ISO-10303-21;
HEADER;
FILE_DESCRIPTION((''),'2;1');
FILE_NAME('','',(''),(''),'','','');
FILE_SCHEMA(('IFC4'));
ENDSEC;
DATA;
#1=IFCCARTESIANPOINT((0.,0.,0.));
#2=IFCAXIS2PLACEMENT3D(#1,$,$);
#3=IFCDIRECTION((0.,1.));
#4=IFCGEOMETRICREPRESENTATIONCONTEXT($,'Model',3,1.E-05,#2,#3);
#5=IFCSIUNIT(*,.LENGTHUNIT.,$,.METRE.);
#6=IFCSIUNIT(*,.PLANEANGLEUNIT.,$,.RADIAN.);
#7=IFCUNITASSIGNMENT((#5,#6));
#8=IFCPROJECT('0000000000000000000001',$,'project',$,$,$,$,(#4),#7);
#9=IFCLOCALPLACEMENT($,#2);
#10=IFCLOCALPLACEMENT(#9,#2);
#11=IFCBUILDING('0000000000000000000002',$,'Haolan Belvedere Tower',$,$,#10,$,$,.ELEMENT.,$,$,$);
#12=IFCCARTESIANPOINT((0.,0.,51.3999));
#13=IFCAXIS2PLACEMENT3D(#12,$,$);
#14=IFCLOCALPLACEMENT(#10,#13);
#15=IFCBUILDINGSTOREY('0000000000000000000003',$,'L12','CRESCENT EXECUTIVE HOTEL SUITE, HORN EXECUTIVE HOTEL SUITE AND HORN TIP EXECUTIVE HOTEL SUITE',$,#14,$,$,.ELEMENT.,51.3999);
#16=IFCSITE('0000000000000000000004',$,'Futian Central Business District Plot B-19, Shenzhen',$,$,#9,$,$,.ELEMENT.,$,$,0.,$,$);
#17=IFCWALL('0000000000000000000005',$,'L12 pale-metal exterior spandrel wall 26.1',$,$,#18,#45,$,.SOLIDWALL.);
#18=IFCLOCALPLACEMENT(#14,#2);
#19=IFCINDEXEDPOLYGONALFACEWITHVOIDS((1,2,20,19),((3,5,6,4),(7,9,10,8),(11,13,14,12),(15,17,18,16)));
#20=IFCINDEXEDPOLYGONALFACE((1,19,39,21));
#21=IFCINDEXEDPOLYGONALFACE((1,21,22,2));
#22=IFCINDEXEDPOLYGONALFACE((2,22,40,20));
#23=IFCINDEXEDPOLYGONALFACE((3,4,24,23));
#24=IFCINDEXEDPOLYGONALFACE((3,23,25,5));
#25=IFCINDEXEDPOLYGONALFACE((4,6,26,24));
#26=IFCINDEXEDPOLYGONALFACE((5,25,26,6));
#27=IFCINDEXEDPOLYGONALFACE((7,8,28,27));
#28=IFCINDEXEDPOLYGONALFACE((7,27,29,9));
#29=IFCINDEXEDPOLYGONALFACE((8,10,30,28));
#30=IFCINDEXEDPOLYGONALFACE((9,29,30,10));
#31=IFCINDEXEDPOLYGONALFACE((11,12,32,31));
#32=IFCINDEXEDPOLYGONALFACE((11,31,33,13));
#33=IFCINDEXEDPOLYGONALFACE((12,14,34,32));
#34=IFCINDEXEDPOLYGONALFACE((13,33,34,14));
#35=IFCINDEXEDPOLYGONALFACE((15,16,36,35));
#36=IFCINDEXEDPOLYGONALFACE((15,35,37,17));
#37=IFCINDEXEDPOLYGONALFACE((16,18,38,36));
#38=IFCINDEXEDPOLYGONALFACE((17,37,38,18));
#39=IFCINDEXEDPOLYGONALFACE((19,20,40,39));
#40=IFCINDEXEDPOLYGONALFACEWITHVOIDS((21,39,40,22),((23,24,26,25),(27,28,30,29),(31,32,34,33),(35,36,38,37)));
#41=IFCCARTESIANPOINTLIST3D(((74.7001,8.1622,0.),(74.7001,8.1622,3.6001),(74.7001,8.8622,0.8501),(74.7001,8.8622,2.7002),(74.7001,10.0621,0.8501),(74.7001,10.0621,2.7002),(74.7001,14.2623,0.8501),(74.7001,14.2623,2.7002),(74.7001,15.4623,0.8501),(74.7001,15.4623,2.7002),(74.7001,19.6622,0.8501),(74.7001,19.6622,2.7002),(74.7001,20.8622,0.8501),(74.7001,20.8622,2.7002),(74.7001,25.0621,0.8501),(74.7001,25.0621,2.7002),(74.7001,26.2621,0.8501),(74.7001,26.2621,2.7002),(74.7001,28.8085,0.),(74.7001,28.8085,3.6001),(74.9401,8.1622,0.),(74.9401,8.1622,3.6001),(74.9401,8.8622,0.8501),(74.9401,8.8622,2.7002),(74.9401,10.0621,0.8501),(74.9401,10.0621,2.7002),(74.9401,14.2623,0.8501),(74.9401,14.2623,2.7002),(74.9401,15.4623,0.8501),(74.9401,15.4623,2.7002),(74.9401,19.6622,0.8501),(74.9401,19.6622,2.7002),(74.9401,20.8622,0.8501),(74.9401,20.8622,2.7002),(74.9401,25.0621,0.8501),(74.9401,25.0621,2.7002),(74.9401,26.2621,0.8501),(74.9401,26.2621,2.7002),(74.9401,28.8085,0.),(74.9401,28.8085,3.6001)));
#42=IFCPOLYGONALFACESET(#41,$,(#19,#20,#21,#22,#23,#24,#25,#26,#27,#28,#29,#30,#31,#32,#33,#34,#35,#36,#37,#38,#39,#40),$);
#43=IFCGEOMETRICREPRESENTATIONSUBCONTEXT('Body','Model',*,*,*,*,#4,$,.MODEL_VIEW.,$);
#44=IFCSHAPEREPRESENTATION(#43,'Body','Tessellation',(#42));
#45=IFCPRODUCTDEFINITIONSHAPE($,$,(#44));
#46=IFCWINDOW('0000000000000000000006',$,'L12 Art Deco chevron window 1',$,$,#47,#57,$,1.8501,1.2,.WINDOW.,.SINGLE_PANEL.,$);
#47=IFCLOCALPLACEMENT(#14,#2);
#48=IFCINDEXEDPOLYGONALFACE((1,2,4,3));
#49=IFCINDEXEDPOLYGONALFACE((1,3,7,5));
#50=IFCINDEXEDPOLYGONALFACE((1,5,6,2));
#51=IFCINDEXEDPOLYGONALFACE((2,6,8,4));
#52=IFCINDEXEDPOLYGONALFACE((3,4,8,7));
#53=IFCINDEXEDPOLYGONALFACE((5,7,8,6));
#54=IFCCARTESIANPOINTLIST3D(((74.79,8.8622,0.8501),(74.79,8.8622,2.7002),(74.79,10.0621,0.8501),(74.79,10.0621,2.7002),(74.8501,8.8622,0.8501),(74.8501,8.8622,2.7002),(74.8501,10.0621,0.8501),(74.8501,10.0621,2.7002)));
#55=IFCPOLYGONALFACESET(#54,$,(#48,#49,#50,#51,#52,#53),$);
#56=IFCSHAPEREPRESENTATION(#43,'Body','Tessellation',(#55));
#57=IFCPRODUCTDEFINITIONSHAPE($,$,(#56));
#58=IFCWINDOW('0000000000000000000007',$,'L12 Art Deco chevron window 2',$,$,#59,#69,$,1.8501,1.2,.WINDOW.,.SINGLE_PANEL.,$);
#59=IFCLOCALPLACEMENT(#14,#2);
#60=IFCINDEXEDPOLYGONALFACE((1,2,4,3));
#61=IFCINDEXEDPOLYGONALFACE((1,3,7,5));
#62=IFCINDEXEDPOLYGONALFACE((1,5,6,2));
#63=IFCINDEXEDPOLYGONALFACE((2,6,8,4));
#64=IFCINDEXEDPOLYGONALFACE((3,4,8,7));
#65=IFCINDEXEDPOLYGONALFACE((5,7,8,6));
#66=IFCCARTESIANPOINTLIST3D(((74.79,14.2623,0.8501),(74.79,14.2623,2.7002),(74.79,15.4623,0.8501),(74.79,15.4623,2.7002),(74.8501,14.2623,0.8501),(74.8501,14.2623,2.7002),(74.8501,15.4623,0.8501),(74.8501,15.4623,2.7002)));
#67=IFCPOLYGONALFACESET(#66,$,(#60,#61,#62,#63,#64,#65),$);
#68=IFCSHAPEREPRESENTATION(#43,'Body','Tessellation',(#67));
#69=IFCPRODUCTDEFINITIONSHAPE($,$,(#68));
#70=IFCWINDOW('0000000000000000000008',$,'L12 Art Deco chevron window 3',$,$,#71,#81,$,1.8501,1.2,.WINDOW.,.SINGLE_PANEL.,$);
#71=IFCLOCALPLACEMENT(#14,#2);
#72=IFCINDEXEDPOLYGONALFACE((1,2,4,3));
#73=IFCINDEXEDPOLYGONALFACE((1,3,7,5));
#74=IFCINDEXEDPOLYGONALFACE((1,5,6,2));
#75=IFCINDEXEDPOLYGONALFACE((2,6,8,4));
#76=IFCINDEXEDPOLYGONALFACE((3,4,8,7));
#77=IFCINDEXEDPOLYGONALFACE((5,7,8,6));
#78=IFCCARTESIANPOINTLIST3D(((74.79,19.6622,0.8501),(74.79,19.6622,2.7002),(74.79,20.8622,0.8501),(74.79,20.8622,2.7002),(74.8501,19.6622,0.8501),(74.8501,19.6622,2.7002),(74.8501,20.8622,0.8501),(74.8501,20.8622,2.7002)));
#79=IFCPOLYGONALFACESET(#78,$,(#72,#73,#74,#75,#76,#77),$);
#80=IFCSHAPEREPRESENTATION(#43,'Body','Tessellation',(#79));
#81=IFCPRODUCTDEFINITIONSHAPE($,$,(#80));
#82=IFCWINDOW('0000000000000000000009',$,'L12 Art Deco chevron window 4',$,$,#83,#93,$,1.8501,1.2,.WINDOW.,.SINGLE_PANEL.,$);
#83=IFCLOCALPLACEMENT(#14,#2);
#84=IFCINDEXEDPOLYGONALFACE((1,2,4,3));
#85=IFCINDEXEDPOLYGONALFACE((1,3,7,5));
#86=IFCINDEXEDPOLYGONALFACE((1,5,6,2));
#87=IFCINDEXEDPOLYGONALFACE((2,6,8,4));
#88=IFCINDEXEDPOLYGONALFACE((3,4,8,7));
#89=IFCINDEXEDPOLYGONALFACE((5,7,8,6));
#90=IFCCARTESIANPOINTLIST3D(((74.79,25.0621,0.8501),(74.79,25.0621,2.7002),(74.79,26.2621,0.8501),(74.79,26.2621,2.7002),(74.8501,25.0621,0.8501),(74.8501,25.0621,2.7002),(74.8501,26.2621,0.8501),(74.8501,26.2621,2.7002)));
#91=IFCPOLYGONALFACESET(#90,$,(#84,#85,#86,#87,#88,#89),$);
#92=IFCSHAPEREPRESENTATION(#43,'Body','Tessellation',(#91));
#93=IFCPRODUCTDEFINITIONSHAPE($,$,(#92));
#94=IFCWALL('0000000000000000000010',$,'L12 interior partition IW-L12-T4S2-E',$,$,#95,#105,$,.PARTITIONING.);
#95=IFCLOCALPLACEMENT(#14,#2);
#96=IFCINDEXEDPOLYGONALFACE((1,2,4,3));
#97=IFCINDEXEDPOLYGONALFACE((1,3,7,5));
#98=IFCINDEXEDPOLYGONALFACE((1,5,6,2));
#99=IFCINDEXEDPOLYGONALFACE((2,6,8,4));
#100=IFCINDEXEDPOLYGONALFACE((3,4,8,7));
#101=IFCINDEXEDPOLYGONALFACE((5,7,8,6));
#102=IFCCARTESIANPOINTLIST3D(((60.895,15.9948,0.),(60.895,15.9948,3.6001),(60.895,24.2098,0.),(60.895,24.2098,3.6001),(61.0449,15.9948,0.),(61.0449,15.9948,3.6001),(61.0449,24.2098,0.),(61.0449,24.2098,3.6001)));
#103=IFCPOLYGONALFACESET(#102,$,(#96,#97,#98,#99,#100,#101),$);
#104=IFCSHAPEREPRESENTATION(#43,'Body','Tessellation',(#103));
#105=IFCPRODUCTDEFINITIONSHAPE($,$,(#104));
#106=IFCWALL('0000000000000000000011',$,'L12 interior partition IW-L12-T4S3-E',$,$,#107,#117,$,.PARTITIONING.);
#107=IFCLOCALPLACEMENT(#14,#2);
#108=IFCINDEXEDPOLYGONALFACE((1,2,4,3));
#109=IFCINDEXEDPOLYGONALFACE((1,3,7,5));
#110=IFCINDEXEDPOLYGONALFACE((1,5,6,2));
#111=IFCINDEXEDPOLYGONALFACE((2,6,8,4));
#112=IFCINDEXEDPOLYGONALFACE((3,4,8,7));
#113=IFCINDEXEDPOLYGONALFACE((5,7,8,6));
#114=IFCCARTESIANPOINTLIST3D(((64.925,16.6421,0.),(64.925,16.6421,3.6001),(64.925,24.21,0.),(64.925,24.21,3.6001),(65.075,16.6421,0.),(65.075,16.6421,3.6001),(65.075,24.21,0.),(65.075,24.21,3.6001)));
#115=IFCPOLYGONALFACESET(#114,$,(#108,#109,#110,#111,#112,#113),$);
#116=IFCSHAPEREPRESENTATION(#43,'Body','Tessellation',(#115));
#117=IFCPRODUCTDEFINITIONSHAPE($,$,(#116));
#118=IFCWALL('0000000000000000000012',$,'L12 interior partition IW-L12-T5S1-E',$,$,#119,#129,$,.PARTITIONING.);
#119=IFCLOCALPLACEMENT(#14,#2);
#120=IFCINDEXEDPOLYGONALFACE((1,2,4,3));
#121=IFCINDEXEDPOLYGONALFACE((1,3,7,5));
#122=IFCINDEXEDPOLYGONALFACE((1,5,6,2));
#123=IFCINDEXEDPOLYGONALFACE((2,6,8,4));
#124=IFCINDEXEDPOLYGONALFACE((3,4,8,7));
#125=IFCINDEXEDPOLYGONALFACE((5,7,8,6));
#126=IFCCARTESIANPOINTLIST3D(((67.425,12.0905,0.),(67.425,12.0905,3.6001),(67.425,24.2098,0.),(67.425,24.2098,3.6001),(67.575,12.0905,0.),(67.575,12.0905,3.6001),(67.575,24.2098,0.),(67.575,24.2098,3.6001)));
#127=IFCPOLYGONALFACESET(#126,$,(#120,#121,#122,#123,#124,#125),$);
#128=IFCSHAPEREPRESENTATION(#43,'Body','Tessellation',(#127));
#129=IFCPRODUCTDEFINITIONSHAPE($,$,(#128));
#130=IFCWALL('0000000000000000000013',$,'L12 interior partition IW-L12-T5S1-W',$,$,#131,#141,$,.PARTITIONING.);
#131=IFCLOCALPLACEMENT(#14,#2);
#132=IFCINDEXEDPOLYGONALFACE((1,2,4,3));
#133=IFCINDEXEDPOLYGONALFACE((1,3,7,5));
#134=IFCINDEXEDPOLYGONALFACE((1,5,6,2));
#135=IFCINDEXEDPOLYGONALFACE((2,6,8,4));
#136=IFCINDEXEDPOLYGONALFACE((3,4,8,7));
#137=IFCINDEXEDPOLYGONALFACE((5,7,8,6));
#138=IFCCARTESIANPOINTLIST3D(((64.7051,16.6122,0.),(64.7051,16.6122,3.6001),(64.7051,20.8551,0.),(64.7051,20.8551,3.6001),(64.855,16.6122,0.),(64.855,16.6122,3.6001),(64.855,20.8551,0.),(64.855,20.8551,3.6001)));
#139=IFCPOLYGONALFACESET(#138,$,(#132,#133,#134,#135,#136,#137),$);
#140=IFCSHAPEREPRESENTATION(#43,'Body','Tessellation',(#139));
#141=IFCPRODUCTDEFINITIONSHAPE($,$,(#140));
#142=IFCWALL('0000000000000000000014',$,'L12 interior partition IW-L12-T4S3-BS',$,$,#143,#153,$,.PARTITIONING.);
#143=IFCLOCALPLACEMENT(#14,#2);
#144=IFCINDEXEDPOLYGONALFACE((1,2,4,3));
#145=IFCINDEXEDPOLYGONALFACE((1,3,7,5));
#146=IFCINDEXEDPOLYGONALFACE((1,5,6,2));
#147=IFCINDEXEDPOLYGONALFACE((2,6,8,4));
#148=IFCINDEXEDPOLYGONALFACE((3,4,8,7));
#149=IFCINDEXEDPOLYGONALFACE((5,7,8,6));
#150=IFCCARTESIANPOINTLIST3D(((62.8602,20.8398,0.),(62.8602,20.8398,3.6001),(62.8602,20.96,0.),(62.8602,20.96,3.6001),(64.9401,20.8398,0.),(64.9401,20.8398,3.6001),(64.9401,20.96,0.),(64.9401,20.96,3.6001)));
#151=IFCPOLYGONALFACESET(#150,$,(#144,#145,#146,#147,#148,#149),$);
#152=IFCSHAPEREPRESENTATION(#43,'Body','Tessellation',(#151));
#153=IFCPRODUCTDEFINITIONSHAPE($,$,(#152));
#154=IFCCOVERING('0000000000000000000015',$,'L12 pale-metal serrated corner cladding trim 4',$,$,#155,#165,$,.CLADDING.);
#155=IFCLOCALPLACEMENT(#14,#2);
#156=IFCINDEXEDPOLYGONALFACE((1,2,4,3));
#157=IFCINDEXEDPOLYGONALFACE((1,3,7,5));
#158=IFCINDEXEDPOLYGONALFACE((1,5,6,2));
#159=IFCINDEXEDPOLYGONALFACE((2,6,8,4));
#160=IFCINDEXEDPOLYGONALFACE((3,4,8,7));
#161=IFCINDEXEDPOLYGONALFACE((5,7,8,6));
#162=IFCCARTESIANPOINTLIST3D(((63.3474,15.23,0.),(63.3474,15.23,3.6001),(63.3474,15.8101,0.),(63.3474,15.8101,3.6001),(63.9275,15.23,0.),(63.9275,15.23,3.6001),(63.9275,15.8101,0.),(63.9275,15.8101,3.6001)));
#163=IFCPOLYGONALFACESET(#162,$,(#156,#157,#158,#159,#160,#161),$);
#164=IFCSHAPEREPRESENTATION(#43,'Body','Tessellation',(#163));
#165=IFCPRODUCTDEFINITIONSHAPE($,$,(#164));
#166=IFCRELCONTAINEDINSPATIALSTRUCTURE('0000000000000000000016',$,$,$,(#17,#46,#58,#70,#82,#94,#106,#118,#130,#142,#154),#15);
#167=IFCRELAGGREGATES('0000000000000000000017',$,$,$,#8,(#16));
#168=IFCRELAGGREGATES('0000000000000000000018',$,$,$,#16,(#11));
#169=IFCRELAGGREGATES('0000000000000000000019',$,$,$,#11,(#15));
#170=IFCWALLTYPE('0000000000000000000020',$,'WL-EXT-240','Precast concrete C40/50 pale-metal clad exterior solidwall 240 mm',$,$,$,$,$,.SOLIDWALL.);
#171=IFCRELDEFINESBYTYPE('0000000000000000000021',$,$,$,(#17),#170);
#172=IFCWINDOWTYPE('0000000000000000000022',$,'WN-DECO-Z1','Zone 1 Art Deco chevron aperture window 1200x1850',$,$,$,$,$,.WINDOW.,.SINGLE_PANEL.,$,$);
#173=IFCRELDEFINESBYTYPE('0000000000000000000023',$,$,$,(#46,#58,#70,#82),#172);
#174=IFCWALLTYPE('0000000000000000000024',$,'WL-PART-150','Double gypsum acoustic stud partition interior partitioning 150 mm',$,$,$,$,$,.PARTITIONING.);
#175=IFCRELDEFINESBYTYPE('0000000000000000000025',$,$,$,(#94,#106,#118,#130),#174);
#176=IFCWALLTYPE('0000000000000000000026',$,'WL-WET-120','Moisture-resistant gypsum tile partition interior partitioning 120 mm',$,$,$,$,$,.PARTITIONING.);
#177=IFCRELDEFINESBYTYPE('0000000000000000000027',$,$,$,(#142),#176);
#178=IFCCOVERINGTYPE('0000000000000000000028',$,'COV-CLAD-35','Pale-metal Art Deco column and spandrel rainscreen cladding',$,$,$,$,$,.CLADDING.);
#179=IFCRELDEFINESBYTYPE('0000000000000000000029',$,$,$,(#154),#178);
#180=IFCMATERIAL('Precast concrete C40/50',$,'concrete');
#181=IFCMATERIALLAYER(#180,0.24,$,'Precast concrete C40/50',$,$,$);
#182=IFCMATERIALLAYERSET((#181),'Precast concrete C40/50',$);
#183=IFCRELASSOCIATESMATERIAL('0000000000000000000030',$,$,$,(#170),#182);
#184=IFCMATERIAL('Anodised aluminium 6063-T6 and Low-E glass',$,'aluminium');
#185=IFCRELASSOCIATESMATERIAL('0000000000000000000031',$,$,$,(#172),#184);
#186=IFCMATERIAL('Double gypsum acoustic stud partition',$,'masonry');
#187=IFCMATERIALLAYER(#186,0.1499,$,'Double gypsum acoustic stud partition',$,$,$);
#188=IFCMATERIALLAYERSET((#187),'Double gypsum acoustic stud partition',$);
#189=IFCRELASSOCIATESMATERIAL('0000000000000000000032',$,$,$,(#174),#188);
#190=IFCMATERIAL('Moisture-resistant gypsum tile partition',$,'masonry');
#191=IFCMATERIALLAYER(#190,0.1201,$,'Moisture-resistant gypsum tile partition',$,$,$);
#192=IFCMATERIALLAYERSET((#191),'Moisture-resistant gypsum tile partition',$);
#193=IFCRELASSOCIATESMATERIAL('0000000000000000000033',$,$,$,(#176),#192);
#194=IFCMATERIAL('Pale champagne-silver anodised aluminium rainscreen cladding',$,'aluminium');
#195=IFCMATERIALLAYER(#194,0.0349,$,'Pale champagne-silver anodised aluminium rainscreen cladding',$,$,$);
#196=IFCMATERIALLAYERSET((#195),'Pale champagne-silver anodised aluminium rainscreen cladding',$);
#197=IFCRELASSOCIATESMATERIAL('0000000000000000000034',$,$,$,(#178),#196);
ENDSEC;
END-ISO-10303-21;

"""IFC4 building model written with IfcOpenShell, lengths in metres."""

from ifc_helpers import new_model, si_unit, direction, frame, frame_2d, origin, origin_2d, place, context, subcontext, project, spatial, rectangle, extrude, material, layer, layer_set, type_object, element, fill, save


model = new_model("IFC4")

# Units and contexts
model_context = context("Model", 3, precision=1e-05, world=origin(), true_north=direction((0.0, 1.0)))
body_context = subcontext(model_context, "Body", "Model", "MODEL_VIEW")
ifc_project = project(units=[si_unit("LENGTHUNIT", "METRE"), si_unit("PLANEANGLEUNIT", "RADIAN")], contexts=[model_context])

# Site, building, storey
site_placement = place(None, origin())
site = spatial("IfcSite", under=ifc_project, at=site_placement, Name="Futian Central Business District Plot B-19, Shenzhen", CompositionType="ELEMENT", RefElevation=0.0)
building_placement = place(site_placement, origin())
building = spatial("IfcBuilding", under=site, at=building_placement, Name="Haolan Belvedere Tower", CompositionType="ELEMENT")
storey_placement = place(building_placement, frame((0.0, 0.0, 51.3999)))
storey = spatial("IfcBuildingStorey", under=building, at=storey_placement, Name="L12", Description="CRESCENT EXECUTIVE HOTEL SUITE, HORN EXECUTIVE HOTEL SUITE AND HORN TIP EXECUTIVE HOTEL SUITE", CompositionType="ELEMENT", Elevation=51.3999)

# Shared definitions
ifc_material_1 = material(Name="Precast concrete C40/50", Category="concrete")
ifc_layer_1 = layer(ifc_material_1, 0.24, Name="Precast concrete C40/50")
ifc_layer_set_1 = layer_set([ifc_layer_1], Name="Precast concrete C40/50")
wall_type_1 = type_object("IfcWallType", Name="WL-EXT-240", Description="Precast concrete C40/50 pale-metal clad exterior solidwall 240 mm", PredefinedType="SOLIDWALL", material=ifc_layer_set_1)

# Shared definitions
ifc_material_2 = material(Name="Anodised aluminium 6063-T6 and Low-E glass", Category="aluminium")
window_type = type_object("IfcWindowType", Name="WN-DECO-Z1", Description="Zone 1 Art Deco chevron aperture window 1200x1850", PartitioningType="SINGLE_PANEL", PredefinedType="WINDOW", material=ifc_material_2)

# Wall, openings, windows
wall_1_placement = place(storey_placement, frame((74.8201, 8.1621, 0.0), z_axis=(0.0, 0.0, 1.0), x_axis=(0.0, 1.0, 0.0)))
wall_1 = element("IfcWall", 1, at=wall_1_placement, inside=storey, type_object=wall_type_1, Name="L12 pale-metal exterior spandrel wall 26.1", PredefinedType="SOLIDWALL", context=body_context, shape_type="SweptSolid", body=[
    extrude(rectangle(XDim=20.6462, YDim=0.24, at=frame_2d((10.3232, 0.0))), origin(), (0.0, 0.0, 1.0), 3.6001),
])
opening_1_placement = place(wall_1_placement, frame((0.7, 0.0, 0.8501)))
opening_1 = element("IfcOpeningElement", 2, at=opening_1_placement, cuts=wall_1, PredefinedType="OPENING", context=body_context, shape_type="SweptSolid", body=[
    extrude(rectangle(XDim=1.2, YDim=1.8501, at=frame_2d((0.6001, 0.925))), frame((0.0, 0.1299, 0.0), z_axis=(0.0, -1.0, 0.0), x_axis=(1.0, 0.0, 0.0)), (0.0, 0.0, 1.0), 0.26),
])
opening_2_placement = place(wall_1_placement, frame((6.1001, 0.0, 0.8501)))
opening_2 = element("IfcOpeningElement", 3, at=opening_2_placement, cuts=wall_1, PredefinedType="OPENING", context=body_context, shape_type="SweptSolid", body=[
    extrude(rectangle(XDim=1.2, YDim=1.8501, at=frame_2d((0.6001, 0.925))), frame((0.0, 0.1299, 0.0), z_axis=(0.0, -1.0, 0.0), x_axis=(1.0, 0.0, 0.0)), (0.0, 0.0, 1.0), 0.26),
])
opening_3_placement = place(wall_1_placement, frame((11.5, 0.0, 0.8501)))
opening_3 = element("IfcOpeningElement", 4, at=opening_3_placement, cuts=wall_1, PredefinedType="OPENING", context=body_context, shape_type="SweptSolid", body=[
    extrude(rectangle(XDim=1.2, YDim=1.8501, at=frame_2d((0.6001, 0.925))), frame((0.0, 0.1299, 0.0), z_axis=(0.0, -1.0, 0.0), x_axis=(1.0, 0.0, 0.0)), (0.0, 0.0, 1.0), 0.26),
])
opening_4_placement = place(wall_1_placement, frame((16.8999, 0.0, 0.8501)))
opening_4 = element("IfcOpeningElement", 5, at=opening_4_placement, cuts=wall_1, PredefinedType="OPENING", context=body_context, shape_type="SweptSolid", body=[
    extrude(rectangle(XDim=1.2, YDim=1.8501, at=frame_2d((0.6001, 0.925))), frame((0.0, 0.1299, 0.0), z_axis=(0.0, -1.0, 0.0), x_axis=(1.0, 0.0, 0.0)), (0.0, 0.0, 1.0), 0.26),
])
window_1_placement = place(opening_1_placement, origin())
window_1 = element("IfcWindow", 6, at=window_1_placement, inside=storey, type_object=window_type, Name="L12 Art Deco chevron window 1", OverallHeight=1.8501, OverallWidth=1.2, PartitioningType="SINGLE_PANEL", PredefinedType="WINDOW", context=body_context, shape_type="SweptSolid", body=[
    extrude(rectangle(XDim=1.2, YDim=1.8501, at=frame_2d((0.6001, 0.925))), frame((0.0, 0.03, 0.0), z_axis=(0.0, -1.0, 0.0), x_axis=(1.0, 0.0, 0.0)), (0.0, 0.0, 1.0), 0.0601),
])
fill(opening_1, window_1)
window_2_placement = place(opening_2_placement, origin())
window_2 = element("IfcWindow", 7, at=window_2_placement, inside=storey, type_object=window_type, Name="L12 Art Deco chevron window 2", OverallHeight=1.8501, OverallWidth=1.2, PartitioningType="SINGLE_PANEL", PredefinedType="WINDOW", context=body_context, shape_type="SweptSolid", body=[
    extrude(rectangle(XDim=1.2, YDim=1.8501, at=frame_2d((0.6001, 0.925))), frame((0.0, 0.03, 0.0), z_axis=(0.0, -1.0, 0.0), x_axis=(1.0, 0.0, 0.0)), (0.0, 0.0, 1.0), 0.0601),
])
fill(opening_2, window_2)
window_3_placement = place(opening_3_placement, origin())
window_3 = element("IfcWindow", 8, at=window_3_placement, inside=storey, type_object=window_type, Name="L12 Art Deco chevron window 3", OverallHeight=1.8501, OverallWidth=1.2, PartitioningType="SINGLE_PANEL", PredefinedType="WINDOW", context=body_context, shape_type="SweptSolid", body=[
    extrude(rectangle(XDim=1.2, YDim=1.8501, at=frame_2d((0.6001, 0.925))), frame((0.0, 0.03, 0.0), z_axis=(0.0, -1.0, 0.0), x_axis=(1.0, 0.0, 0.0)), (0.0, 0.0, 1.0), 0.0601),
])
fill(opening_3, window_3)
window_4_placement = place(opening_4_placement, origin())
window_4 = element("IfcWindow", 9, at=window_4_placement, inside=storey, type_object=window_type, Name="L12 Art Deco chevron window 4", OverallHeight=1.8501, OverallWidth=1.2, PartitioningType="SINGLE_PANEL", PredefinedType="WINDOW", context=body_context, shape_type="SweptSolid", body=[
    extrude(rectangle(XDim=1.2, YDim=1.8501, at=frame_2d((0.6001, 0.925))), frame((0.0, 0.03, 0.0), z_axis=(0.0, -1.0, 0.0), x_axis=(1.0, 0.0, 0.0)), (0.0, 0.0, 1.0), 0.0601),
])
fill(opening_4, window_4)

# Walls
ifc_material_3 = material(Name="Double gypsum acoustic stud partition", Category="masonry")
ifc_layer_2 = layer(ifc_material_3, 0.1499, Name="Double gypsum acoustic stud partition")
ifc_layer_set_2 = layer_set([ifc_layer_2], Name="Double gypsum acoustic stud partition")
wall_type_2 = type_object("IfcWallType", Name="WL-PART-150", Description="Double gypsum acoustic stud partition interior partitioning 150 mm", PredefinedType="PARTITIONING", material=ifc_layer_set_2)
wall_2_placement = place(storey_placement, frame((60.97, 15.9949, 0.0), z_axis=(0.0, 0.0, 1.0), x_axis=(0.0, 1.0, 0.0)))
element("IfcWall", 10, at=wall_2_placement, inside=storey, type_object=wall_type_2, Name="L12 interior partition IW-L12-T4S2-E", PredefinedType="PARTITIONING", context=body_context, shape_type="SweptSolid", body=[
    extrude(rectangle(XDim=8.2151, YDim=0.1499, at=frame_2d((4.1074, 0.0))), origin(), (0.0, 0.0, 1.0), 3.6001),
])
wall_3_placement = place(storey_placement, frame((65.0, 16.6421, 0.0), z_axis=(0.0, 0.0, 1.0), x_axis=(0.0, 1.0, 0.0)))
element("IfcWall", 11, at=wall_3_placement, inside=storey, type_object=wall_type_2, Name="L12 interior partition IW-L12-T4S3-E", PredefinedType="PARTITIONING", context=body_context, shape_type="SweptSolid", body=[
    extrude(rectangle(XDim=7.5679, YDim=0.1499, at=frame_2d((3.7839, 0.0))), origin(), (0.0, 0.0, 1.0), 3.6001),
])
wall_4_placement = place(storey_placement, frame((67.5, 12.0906, 0.0), z_axis=(0.0, 0.0, 1.0), x_axis=(0.0, 1.0, 0.0)))
element("IfcWall", 12, at=wall_4_placement, inside=storey, type_object=wall_type_2, Name="L12 interior partition IW-L12-T5S1-E", PredefinedType="PARTITIONING", context=body_context, shape_type="SweptSolid", body=[
    extrude(rectangle(XDim=12.1194, YDim=0.1499, at=frame_2d((6.0596, 0.0))), origin(), (0.0, 0.0, 1.0), 3.6001),
])
wall_5_placement = place(storey_placement, frame((64.78, 16.6121, 0.0), z_axis=(0.0, 0.0, 1.0), x_axis=(0.0, 1.0, 0.0)))
element("IfcWall", 13, at=wall_5_placement, inside=storey, type_object=wall_type_2, Name="L12 interior partition IW-L12-T5S1-W", PredefinedType="PARTITIONING", context=body_context, shape_type="SweptSolid", body=[
    extrude(rectangle(XDim=4.2429, YDim=0.1499, at=frame_2d((2.1216, 0.0))), origin(), (0.0, 0.0, 1.0), 3.6001),
])
ifc_material_4 = material(Name="Moisture-resistant gypsum tile partition", Category="masonry")
ifc_layer_3 = layer(ifc_material_4, 0.1201, Name="Moisture-resistant gypsum tile partition")
ifc_layer_set_3 = layer_set([ifc_layer_3], Name="Moisture-resistant gypsum tile partition")
wall_type_3 = type_object("IfcWallType", Name="WL-WET-120", Description="Moisture-resistant gypsum tile partition interior partitioning 120 mm", PredefinedType="PARTITIONING", material=ifc_layer_set_3)
wall_6_placement = place(storey_placement, frame((62.8601, 20.8999, 0.0), z_axis=(0.0, 0.0, 1.0), x_axis=(1.0, 0.0, 0.0)))
element("IfcWall", 14, at=wall_6_placement, inside=storey, type_object=wall_type_3, Name="L12 interior partition IW-L12-T4S3-BS", PredefinedType="PARTITIONING", context=body_context, shape_type="SweptSolid", body=[
    extrude(rectangle(XDim=2.0798, YDim=0.1201, at=frame_2d((1.04, 0.0))), origin(), (0.0, 0.0, 1.0), 3.6001),
])

# Covering
ifc_material_5 = material(Name="Pale champagne-silver anodised aluminium rainscreen cladding", Category="aluminium")
ifc_layer_4 = layer(ifc_material_5, 0.0349, Name="Pale champagne-silver anodised aluminium rainscreen cladding")
ifc_layer_set_4 = layer_set([ifc_layer_4], Name="Pale champagne-silver anodised aluminium rainscreen cladding")
covering_type = type_object("IfcCoveringType", Name="COV-CLAD-35", Description="Pale-metal Art Deco column and spandrel rainscreen cladding", PredefinedType="CLADDING", material=ifc_layer_set_4)
for number, where, z_axis, x_axis, name in (
    (15, (63.6375, 15.52, 0.0), (0.0, 0.0, 1.0), (1.0, 0.0, 0.0), "L12 pale-metal serrated corner cladding trim 4"),
):
    element("IfcCovering", number, at=place(storey_placement, frame(where, z_axis=z_axis, x_axis=x_axis)), inside=storey, type_object=covering_type, Name=name, PredefinedType="CLADDING", context=body_context, shape_type="SweptSolid", body=[
        extrude(rectangle(XDim=0.5801, YDim=0.5801, at=origin_2d()), origin(), (0.0, 0.0, 1.0), 3.6001),
    ])

save(model, "model.ifc")
